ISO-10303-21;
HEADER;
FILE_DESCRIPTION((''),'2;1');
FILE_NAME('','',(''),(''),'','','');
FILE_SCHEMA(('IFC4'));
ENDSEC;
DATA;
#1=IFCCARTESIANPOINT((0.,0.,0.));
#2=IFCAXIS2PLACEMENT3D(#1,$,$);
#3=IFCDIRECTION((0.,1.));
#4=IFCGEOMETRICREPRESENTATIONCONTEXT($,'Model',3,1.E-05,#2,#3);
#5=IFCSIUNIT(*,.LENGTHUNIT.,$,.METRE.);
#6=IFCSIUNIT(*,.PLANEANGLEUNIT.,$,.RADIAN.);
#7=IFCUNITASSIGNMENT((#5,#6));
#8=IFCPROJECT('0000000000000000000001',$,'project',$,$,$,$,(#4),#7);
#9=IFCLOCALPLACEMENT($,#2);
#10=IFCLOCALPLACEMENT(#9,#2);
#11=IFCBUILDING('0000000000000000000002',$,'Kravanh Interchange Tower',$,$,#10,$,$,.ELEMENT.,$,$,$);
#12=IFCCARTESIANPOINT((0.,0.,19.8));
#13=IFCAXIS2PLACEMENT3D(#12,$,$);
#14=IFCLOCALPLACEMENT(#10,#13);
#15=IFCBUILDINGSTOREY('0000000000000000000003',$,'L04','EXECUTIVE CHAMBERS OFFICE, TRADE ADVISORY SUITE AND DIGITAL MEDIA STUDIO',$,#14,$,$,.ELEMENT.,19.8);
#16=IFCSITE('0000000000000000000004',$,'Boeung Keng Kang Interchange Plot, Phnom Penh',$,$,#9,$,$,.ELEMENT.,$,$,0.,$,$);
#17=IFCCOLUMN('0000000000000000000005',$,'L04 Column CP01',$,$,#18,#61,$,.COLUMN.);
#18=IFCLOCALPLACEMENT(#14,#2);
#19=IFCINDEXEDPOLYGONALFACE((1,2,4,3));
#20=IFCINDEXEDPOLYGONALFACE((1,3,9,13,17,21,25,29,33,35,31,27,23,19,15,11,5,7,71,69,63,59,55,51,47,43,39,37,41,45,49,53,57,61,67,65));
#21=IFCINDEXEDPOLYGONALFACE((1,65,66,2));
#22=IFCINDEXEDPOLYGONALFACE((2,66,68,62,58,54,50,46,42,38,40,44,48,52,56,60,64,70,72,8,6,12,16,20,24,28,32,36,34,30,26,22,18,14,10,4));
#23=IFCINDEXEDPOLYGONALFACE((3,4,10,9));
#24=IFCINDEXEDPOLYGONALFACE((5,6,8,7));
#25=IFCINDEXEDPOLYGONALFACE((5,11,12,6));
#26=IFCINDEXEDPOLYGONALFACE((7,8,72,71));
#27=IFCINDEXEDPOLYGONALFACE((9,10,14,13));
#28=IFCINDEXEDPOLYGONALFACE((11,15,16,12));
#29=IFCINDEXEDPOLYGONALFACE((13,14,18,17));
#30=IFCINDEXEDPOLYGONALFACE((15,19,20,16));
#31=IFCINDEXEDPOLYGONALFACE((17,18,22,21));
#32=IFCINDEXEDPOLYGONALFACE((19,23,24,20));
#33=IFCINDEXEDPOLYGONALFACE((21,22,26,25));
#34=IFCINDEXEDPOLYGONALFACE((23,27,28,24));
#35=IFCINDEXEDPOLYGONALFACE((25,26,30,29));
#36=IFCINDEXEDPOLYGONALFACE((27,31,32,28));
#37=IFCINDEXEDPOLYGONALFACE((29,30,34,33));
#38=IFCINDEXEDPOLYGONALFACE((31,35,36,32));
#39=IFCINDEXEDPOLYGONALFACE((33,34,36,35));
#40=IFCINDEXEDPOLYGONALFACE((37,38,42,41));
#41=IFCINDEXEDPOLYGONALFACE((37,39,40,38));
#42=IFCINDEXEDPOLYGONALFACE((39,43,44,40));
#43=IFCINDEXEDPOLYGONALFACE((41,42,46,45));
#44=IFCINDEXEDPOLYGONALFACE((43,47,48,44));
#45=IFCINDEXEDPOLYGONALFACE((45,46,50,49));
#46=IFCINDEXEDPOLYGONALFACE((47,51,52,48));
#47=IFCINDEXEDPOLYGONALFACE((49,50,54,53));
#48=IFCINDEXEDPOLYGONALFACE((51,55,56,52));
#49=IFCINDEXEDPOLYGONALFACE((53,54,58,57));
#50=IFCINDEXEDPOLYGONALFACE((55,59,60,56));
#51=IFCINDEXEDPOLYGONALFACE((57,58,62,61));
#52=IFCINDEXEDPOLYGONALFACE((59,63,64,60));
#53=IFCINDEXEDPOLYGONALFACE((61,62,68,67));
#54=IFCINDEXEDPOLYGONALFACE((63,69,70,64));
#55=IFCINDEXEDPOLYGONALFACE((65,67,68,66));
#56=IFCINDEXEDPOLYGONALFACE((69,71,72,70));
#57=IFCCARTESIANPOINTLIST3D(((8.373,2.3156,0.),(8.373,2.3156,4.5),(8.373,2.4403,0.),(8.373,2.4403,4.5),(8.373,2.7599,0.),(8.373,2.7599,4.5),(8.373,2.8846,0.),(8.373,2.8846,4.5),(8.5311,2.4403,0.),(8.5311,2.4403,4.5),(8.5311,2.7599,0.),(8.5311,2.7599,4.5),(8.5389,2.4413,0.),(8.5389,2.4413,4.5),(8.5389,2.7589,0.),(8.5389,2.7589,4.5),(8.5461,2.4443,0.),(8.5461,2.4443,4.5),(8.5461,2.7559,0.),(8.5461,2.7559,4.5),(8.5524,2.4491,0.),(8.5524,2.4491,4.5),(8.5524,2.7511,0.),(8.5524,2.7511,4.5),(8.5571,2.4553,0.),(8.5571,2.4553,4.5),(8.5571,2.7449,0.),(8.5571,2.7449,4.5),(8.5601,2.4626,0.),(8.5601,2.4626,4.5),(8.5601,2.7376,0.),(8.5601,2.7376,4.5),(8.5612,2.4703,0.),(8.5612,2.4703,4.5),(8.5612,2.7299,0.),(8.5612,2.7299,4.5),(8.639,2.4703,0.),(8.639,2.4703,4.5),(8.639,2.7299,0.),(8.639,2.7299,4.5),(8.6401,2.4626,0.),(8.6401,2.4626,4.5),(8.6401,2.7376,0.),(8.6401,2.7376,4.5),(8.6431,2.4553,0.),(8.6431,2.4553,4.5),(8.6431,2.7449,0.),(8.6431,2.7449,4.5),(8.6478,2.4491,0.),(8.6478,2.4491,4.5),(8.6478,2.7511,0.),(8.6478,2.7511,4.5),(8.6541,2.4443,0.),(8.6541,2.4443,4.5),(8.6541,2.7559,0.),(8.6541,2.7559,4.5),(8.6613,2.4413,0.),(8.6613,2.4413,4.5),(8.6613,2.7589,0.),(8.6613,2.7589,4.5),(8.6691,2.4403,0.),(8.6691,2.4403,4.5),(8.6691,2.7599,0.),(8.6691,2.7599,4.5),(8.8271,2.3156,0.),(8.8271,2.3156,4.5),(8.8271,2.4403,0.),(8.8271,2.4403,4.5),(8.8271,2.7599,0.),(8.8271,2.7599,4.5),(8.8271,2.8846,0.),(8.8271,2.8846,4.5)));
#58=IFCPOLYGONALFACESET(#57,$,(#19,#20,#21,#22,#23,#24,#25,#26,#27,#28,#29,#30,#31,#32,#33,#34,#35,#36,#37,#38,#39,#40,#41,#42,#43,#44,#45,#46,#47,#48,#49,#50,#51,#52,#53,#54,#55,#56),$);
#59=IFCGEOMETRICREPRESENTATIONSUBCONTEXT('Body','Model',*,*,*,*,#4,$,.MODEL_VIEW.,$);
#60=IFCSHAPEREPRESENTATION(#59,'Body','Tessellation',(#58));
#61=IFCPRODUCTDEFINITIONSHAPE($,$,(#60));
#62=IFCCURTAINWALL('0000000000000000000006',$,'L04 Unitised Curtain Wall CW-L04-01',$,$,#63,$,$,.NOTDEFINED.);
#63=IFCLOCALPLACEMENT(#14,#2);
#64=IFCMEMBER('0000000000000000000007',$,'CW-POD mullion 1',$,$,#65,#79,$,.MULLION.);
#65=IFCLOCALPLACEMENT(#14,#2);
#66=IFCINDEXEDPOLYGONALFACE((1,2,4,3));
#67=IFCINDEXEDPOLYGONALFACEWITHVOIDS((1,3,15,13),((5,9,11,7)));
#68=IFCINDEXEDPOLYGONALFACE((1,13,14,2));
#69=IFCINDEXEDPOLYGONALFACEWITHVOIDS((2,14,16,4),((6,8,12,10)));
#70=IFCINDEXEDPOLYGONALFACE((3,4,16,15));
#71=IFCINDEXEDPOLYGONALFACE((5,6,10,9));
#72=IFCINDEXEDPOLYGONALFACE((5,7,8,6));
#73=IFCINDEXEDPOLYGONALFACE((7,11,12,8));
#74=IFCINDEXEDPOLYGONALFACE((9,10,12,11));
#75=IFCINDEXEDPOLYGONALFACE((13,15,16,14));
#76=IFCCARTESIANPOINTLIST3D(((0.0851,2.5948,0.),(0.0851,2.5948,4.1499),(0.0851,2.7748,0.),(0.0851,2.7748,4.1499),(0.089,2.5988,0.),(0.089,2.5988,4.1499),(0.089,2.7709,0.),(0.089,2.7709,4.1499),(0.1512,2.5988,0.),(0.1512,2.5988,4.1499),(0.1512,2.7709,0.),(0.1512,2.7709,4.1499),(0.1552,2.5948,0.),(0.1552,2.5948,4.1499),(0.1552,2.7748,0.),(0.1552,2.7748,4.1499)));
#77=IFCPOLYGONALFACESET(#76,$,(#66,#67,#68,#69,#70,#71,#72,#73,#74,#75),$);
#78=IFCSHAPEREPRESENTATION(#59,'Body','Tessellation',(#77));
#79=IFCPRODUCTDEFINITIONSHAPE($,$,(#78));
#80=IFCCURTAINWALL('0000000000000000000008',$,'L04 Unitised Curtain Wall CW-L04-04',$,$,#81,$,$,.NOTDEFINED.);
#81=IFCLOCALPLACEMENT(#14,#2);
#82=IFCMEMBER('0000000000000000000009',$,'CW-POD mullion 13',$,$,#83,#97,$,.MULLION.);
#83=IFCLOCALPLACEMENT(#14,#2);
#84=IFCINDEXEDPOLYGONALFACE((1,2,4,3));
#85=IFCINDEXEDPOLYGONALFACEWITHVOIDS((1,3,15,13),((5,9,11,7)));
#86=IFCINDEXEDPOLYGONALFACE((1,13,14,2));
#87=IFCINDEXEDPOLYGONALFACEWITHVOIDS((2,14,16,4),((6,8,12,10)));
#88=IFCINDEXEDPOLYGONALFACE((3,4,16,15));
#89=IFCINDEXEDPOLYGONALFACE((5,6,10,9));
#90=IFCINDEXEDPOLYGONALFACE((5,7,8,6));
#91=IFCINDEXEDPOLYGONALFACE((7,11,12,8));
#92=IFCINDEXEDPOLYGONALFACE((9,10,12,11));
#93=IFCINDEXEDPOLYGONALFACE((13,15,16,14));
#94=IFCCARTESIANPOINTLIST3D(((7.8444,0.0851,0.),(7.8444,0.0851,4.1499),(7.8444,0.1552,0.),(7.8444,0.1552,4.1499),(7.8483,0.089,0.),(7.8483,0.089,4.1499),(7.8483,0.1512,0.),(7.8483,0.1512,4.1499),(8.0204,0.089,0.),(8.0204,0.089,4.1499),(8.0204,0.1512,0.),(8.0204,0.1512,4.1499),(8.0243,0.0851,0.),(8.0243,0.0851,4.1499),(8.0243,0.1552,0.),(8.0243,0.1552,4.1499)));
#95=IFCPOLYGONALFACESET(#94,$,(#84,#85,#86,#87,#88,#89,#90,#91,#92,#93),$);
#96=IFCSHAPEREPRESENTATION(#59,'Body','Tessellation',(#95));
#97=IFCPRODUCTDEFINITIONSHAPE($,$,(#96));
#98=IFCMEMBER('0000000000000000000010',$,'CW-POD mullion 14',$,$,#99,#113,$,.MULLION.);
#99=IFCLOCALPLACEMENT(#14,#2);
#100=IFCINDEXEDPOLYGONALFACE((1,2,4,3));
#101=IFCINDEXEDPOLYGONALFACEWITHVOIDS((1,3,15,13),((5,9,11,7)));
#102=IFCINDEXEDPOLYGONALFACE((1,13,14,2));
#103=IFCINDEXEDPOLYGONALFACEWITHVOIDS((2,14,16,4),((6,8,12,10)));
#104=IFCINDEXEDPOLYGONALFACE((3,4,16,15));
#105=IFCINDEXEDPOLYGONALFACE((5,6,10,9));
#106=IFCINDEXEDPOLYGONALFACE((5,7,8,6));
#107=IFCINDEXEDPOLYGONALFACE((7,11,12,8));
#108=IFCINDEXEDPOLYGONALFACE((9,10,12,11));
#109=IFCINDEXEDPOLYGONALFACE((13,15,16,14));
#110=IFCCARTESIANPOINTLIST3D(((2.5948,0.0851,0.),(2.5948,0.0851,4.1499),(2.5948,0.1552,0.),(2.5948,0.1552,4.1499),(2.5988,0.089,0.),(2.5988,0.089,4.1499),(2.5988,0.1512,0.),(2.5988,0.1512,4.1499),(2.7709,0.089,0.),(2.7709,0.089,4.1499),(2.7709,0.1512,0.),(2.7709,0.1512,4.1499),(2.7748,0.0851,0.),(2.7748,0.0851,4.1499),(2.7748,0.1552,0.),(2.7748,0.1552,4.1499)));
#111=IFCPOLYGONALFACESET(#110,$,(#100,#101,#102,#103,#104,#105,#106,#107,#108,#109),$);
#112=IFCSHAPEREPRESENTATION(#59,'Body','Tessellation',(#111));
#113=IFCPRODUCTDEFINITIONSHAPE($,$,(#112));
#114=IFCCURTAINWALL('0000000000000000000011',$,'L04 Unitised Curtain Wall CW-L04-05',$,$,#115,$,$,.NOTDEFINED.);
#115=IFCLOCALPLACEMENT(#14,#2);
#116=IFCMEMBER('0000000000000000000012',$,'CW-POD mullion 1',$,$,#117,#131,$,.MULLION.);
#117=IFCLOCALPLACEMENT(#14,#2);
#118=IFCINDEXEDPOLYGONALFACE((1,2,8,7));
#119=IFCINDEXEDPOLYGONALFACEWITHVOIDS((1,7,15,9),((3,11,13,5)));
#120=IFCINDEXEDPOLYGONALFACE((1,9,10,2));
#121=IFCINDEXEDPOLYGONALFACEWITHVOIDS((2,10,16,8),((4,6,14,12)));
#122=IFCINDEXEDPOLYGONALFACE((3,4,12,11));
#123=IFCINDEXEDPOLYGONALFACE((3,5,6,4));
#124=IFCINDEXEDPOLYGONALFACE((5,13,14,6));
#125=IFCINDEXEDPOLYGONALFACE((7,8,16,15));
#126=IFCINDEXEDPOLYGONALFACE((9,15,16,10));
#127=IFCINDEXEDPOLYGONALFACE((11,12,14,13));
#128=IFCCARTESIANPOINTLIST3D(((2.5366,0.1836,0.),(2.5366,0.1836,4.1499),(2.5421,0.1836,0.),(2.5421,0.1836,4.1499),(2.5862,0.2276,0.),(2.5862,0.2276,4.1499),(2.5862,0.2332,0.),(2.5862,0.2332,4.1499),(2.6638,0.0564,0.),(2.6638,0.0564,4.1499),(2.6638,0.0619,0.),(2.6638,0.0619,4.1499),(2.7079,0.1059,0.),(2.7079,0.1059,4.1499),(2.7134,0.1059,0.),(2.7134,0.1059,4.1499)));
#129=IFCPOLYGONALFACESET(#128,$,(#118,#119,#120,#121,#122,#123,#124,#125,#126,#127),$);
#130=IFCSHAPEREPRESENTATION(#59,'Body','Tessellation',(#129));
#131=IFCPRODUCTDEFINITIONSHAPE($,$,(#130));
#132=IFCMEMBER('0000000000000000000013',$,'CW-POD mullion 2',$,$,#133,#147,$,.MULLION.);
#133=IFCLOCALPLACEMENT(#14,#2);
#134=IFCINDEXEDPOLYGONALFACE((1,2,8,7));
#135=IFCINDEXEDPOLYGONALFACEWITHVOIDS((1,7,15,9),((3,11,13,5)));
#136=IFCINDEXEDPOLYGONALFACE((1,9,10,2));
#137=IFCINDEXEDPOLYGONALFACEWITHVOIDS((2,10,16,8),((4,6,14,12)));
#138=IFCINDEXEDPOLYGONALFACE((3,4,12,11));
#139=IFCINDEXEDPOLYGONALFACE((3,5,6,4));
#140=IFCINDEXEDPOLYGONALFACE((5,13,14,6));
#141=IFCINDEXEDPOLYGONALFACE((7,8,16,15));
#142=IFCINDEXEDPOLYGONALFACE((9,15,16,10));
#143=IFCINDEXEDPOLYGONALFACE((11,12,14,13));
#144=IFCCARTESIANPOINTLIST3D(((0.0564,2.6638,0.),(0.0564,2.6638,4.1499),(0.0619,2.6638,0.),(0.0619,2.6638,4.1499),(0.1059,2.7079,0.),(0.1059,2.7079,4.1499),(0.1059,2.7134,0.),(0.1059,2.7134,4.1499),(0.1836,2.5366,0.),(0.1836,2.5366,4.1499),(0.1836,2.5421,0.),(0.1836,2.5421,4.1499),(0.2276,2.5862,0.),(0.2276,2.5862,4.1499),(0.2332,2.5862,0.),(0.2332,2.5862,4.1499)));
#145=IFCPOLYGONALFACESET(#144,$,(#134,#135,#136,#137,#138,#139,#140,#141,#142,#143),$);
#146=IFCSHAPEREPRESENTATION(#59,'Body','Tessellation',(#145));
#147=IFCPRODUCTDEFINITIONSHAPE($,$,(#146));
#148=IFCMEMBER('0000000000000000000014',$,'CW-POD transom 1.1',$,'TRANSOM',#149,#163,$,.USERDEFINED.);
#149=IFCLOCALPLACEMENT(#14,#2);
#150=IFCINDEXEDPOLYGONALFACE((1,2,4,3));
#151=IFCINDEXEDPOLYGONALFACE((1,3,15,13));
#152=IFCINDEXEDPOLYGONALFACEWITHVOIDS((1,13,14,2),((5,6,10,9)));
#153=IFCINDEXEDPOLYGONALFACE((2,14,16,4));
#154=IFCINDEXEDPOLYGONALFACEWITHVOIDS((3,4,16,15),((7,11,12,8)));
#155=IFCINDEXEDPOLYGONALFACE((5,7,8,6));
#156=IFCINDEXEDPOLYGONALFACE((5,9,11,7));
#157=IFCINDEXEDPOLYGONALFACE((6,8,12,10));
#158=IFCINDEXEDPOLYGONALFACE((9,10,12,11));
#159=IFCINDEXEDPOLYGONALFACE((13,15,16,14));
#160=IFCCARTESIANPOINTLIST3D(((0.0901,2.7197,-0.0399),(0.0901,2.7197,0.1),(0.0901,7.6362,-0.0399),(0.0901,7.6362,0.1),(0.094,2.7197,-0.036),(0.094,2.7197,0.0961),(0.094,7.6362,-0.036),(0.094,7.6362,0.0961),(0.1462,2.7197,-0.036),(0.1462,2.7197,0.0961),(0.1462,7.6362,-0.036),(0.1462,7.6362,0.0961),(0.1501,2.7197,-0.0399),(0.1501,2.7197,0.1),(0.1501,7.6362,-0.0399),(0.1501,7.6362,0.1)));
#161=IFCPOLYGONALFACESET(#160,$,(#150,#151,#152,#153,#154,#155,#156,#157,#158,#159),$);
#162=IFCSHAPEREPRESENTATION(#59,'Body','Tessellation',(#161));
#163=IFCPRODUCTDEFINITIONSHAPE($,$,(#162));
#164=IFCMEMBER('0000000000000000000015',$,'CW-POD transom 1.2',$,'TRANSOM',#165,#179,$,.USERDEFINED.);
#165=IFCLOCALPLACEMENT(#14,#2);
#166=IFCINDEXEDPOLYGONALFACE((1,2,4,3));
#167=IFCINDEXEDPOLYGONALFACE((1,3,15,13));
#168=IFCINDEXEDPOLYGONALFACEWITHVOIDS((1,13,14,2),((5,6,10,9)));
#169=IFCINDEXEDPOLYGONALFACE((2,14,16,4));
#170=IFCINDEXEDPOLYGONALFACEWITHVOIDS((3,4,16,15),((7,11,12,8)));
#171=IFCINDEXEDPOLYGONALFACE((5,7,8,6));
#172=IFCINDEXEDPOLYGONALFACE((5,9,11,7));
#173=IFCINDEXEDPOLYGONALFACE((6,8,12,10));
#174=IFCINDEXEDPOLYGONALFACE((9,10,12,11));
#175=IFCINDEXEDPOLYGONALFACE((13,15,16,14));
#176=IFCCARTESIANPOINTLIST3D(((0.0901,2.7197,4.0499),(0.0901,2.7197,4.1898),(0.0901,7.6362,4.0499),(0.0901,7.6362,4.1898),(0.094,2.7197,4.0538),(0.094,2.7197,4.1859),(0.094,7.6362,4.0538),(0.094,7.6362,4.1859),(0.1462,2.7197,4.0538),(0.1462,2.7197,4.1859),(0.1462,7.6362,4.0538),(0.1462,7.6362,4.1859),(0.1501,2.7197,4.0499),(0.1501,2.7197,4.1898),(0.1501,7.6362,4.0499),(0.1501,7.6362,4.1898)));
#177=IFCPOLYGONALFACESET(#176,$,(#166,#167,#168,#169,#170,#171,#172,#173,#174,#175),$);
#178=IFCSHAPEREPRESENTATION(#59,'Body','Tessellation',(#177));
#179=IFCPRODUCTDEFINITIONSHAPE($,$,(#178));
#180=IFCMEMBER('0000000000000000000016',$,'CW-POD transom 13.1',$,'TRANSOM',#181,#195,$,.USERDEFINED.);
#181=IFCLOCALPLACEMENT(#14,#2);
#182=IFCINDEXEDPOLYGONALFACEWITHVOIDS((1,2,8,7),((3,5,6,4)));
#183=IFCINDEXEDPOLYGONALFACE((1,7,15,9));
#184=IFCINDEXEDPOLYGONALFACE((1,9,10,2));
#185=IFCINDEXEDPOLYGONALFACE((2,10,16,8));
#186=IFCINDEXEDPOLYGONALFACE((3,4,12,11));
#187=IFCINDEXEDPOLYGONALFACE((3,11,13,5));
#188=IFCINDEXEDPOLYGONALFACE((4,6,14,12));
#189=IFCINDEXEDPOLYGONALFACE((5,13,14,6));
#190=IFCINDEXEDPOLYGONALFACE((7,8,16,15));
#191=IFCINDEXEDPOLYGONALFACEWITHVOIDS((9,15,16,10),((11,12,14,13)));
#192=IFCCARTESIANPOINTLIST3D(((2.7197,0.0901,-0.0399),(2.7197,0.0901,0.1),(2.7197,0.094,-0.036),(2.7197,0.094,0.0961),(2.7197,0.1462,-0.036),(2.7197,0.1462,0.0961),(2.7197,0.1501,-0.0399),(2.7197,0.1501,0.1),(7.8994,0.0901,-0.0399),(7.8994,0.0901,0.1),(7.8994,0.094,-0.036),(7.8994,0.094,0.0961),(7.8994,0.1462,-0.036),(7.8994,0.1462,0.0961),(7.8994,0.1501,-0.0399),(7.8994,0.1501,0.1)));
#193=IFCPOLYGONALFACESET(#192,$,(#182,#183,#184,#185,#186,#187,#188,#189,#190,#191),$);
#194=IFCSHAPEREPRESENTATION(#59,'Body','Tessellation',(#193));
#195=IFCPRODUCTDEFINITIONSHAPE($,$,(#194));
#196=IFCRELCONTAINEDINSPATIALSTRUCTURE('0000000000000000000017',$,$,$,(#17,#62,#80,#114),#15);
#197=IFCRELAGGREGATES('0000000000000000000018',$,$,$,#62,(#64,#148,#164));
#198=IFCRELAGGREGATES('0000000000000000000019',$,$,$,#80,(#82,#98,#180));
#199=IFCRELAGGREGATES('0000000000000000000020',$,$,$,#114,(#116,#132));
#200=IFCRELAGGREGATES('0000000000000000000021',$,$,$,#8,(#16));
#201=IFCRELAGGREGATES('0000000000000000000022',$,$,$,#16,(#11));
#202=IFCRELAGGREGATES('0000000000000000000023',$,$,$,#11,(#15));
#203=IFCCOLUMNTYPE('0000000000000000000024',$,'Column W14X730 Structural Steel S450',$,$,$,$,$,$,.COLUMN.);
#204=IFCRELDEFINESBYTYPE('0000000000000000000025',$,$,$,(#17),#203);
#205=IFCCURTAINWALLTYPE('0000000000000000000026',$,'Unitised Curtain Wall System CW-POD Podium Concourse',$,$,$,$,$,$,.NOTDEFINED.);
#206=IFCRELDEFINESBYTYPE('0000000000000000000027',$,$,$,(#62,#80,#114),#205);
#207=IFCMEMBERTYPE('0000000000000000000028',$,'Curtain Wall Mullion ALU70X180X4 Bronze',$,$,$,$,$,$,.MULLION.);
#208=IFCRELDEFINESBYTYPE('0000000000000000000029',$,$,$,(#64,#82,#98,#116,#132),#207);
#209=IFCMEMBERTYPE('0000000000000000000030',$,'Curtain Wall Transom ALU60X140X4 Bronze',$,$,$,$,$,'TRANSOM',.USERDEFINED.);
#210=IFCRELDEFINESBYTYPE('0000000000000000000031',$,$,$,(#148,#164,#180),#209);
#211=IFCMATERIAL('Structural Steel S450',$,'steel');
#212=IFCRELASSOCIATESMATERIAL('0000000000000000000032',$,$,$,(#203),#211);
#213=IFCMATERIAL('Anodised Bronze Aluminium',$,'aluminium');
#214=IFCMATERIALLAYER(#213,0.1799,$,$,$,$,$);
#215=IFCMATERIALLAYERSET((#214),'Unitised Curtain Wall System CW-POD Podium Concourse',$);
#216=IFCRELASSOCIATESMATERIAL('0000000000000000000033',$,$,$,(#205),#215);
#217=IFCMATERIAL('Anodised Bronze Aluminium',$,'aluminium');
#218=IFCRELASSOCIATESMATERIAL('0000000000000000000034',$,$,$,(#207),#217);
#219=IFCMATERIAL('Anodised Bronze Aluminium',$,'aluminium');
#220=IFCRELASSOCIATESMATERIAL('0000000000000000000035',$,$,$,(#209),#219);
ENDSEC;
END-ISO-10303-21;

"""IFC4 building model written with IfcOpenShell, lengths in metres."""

from ifc_helpers import new_model, si_unit, direction, frame, origin, origin_2d, place, context, subcontext, project, spatial, hollow_rectangle, i_section, extrude, material, layer, layer_set, material_profile, profile_set, type_object, element, aggregate, save


model = new_model("IFC4")

# Units and contexts
model_context = context("Model", 3, precision=1e-05, world=origin(), true_north=direction((0.0, 1.0)))
body_context = subcontext(model_context, "Body", "Model", "MODEL_VIEW")
ifc_project = project(units=[si_unit("LENGTHUNIT", "METRE"), si_unit("PLANEANGLEUNIT", "RADIAN")], contexts=[model_context])

# Site, building, storey
site_placement = place(None, origin())
site = spatial("IfcSite", under=ifc_project, at=site_placement, Name="Boeung Keng Kang Interchange Plot, Phnom Penh", CompositionType="ELEMENT", RefElevation=0.0)
building_placement = place(site_placement, origin())
building = spatial("IfcBuilding", under=site, at=building_placement, Name="Kravanh Interchange Tower", CompositionType="ELEMENT")
storey_placement = place(building_placement, frame((0.0, 0.0, 19.8)))
storey = spatial("IfcBuildingStorey", under=building, at=storey_placement, Name="L04", Description="EXECUTIVE CHAMBERS OFFICE, TRADE ADVISORY SUITE AND DIGITAL MEDIA STUDIO", CompositionType="ELEMENT", Elevation=19.8)

# Column
ifc_material_1 = material(Name="Structural Steel S450", Category="steel")
ifc_material_profile_1 = material_profile(ifc_material_1, i_section(OverallWidth=0.4541, OverallDepth=0.5691, WebThickness=0.0779, FlangeThickness=0.1248, FilletRadius=0.03, at=origin_2d()), Name="W14X730")
ifc_profile_set_1 = profile_set([ifc_material_profile_1], Name="Structural Steel S450")
column_type = type_object("IfcColumnType", Name="Column W14X730 Structural Steel S450", PredefinedType="COLUMN", material=ifc_profile_set_1)
column_placement = place(storey_placement, frame((8.6001, 2.6001, 0.0), z_axis=(0.0, 0.0, 1.0), x_axis=(1.0, 0.0, 0.0)))
element("IfcColumn", 1, at=column_placement, inside=storey, type_object=column_type, Name="L04 Column CP01", PredefinedType="COLUMN", context=body_context, shape_type="SweptSolid", body=[
    extrude(i_section(OverallWidth=0.4541, OverallDepth=0.5691, WebThickness=0.0779, FlangeThickness=0.1248, FilletRadius=0.03, at=origin_2d()), origin(), (0.0, 0.0, 1.0), 4.5),
])

# Curtain wall, member
ifc_material_2 = material(Name="Anodised Bronze Aluminium", Category="aluminium")
ifc_layer_1 = layer(ifc_material_2, 0.1799)
ifc_layer_set_1 = layer_set([ifc_layer_1], Name="Unitised Curtain Wall System CW-POD Podium Concourse")
curtain_wall_type = type_object("IfcCurtainWallType", Name="Unitised Curtain Wall System CW-POD Podium Concourse", PredefinedType="NOTDEFINED", material=ifc_layer_set_1)
curtain_wall_1_placement = place(storey_placement, origin())
curtain_wall_1 = element("IfcCurtainWall", 2, at=curtain_wall_1_placement, inside=storey, type_object=curtain_wall_type, Name="L04 Unitised Curtain Wall CW-L04-01", PredefinedType="NOTDEFINED")
ifc_material_3 = material(Name="Anodised Bronze Aluminium", Category="aluminium")
ifc_material_profile_2 = material_profile(ifc_material_3, hollow_rectangle(XDim=0.0701, YDim=0.1799, WallThickness=0.0039, at=origin_2d()), Name="ALU70X180X4")
ifc_profile_set_2 = profile_set([ifc_material_profile_2], Name="Anodised Bronze Aluminium")
member_type_1 = type_object("IfcMemberType", Name="Curtain Wall Mullion ALU70X180X4 Bronze", PredefinedType="MULLION", material=ifc_profile_set_2)
member_1_placement = place(storey_placement, frame((0.1201, 2.6848, 0.0), z_axis=(0.0, 0.0, 1.0), x_axis=(-1.0, 0.0, 0.0)))
member_1 = element("IfcMember", 3, at=member_1_placement, type_object=member_type_1, Name="CW-POD mullion 1", PredefinedType="MULLION", context=body_context, shape_type="SweptSolid", body=[
    extrude(hollow_rectangle(XDim=0.0701, YDim=0.1799, WallThickness=0.0039, at=origin_2d()), origin(), (0.0, 0.0, 1.0), 4.1499),
])

# Curtain walls, members
curtain_wall_2_placement = place(storey_placement, origin())
curtain_wall_2 = element("IfcCurtainWall", 4, at=curtain_wall_2_placement, inside=storey, type_object=curtain_wall_type, Name="L04 Unitised Curtain Wall CW-L04-04", PredefinedType="NOTDEFINED")
member_2_placement = place(storey_placement, frame((7.9343, 0.1201, 0.0), z_axis=(0.0, 0.0, 1.0), x_axis=(0.0, -1.0, 0.0)))
member_2 = element("IfcMember", 5, at=member_2_placement, type_object=member_type_1, Name="CW-POD mullion 13", PredefinedType="MULLION", context=body_context, shape_type="SweptSolid", body=[
    extrude(hollow_rectangle(XDim=0.0701, YDim=0.1799, WallThickness=0.0039, at=origin_2d()), origin(), (0.0, 0.0, 1.0), 4.1499),
])
member_3_placement = place(storey_placement, frame((2.6848, 0.1201, 0.0), z_axis=(0.0, 0.0, 1.0), x_axis=(0.0, -1.0, 0.0)))
member_3 = element("IfcMember", 6, at=member_3_placement, type_object=member_type_1, Name="CW-POD mullion 14", PredefinedType="MULLION", context=body_context, shape_type="SweptSolid", body=[
    extrude(hollow_rectangle(XDim=0.0701, YDim=0.1799, WallThickness=0.0039, at=origin_2d()), origin(), (0.0, 0.0, 1.0), 4.1499),
])
curtain_wall_3_placement = place(storey_placement, origin())
curtain_wall_3 = element("IfcCurtainWall", 7, at=curtain_wall_3_placement, inside=storey, type_object=curtain_wall_type, Name="L04 Unitised Curtain Wall CW-L04-05", PredefinedType="NOTDEFINED")
member_4_placement = place(storey_placement, frame((2.625, 0.1448, 0.0), z_axis=(0.0, 0.0, 1.0), x_axis=(-0.707107, -0.707107, 0.0)))
member_4 = element("IfcMember", 8, at=member_4_placement, type_object=member_type_1, Name="CW-POD mullion 1", PredefinedType="MULLION", context=body_context, shape_type="SweptSolid", body=[
    extrude(hollow_rectangle(XDim=0.0701, YDim=0.1799, WallThickness=0.0039, at=origin_2d()), origin(), (0.0, 0.0, 1.0), 4.1499),
])
member_5_placement = place(storey_placement, frame((0.1448, 2.625, 0.0), z_axis=(0.0, 0.0, 1.0), x_axis=(-0.707107, -0.707107, 0.0)))
member_5 = element("IfcMember", 9, at=member_5_placement, type_object=member_type_1, Name="CW-POD mullion 2", PredefinedType="MULLION", context=body_context, shape_type="SweptSolid", body=[
    extrude(hollow_rectangle(XDim=0.0701, YDim=0.1799, WallThickness=0.0039, at=origin_2d()), origin(), (0.0, 0.0, 1.0), 4.1499),
])

# Members
ifc_material_4 = material(Name="Anodised Bronze Aluminium", Category="aluminium")
ifc_material_profile_3 = material_profile(ifc_material_4, hollow_rectangle(XDim=0.0601, YDim=0.1399, WallThickness=0.0039, at=origin_2d()), Name="ALU60X140X4")
ifc_profile_set_3 = profile_set([ifc_material_profile_3], Name="Anodised Bronze Aluminium")
member_type_2 = type_object("IfcMemberType", Name="Curtain Wall Transom ALU60X140X4 Bronze", ElementType="TRANSOM", PredefinedType="USERDEFINED", material=ifc_profile_set_3)
member_6_placement = place(storey_placement, frame((0.1201, 2.7197, 0.03), z_axis=(0.0, 1.0, 0.0), x_axis=(-1.0, 0.0, 0.0)))
member_6 = element("IfcMember", 10, at=member_6_placement, type_object=member_type_2, Name="CW-POD transom 1.1", ObjectType="TRANSOM", PredefinedType="USERDEFINED", context=body_context, shape_type="SweptSolid", body=[
    extrude(hollow_rectangle(XDim=0.0601, YDim=0.1399, WallThickness=0.0039, at=origin_2d()), origin(), (0.0, 0.0, 1.0), 4.9165),
])
member_7_placement = place(storey_placement, frame((0.1201, 2.7197, 4.1199), z_axis=(0.0, 1.0, 0.0), x_axis=(-1.0, 0.0, 0.0)))
member_7 = element("IfcMember", 11, at=member_7_placement, type_object=member_type_2, Name="CW-POD transom 1.2", ObjectType="TRANSOM", PredefinedType="USERDEFINED", context=body_context, shape_type="SweptSolid", body=[
    extrude(hollow_rectangle(XDim=0.0601, YDim=0.1399, WallThickness=0.0039, at=origin_2d()), origin(), (0.0, 0.0, 1.0), 4.9165),
])
aggregate(curtain_wall_1, [member_1, member_6, member_7])
member_8_placement = place(storey_placement, frame((7.8994, 0.1201, 0.03), z_axis=(-1.0, 0.0, 0.0), x_axis=(0.0, -1.0, 0.0)))
member_8 = element("IfcMember", 12, at=member_8_placement, type_object=member_type_2, Name="CW-POD transom 13.1", ObjectType="TRANSOM", PredefinedType="USERDEFINED", context=body_context, shape_type="SweptSolid", body=[
    extrude(hollow_rectangle(XDim=0.0601, YDim=0.1399, WallThickness=0.0039, at=origin_2d()), origin(), (0.0, 0.0, 1.0), 5.1797),
])

aggregate(curtain_wall_2, [member_2, member_3, member_8])
aggregate(curtain_wall_3, [member_4, member_5])

save(model, "model.ifc")
